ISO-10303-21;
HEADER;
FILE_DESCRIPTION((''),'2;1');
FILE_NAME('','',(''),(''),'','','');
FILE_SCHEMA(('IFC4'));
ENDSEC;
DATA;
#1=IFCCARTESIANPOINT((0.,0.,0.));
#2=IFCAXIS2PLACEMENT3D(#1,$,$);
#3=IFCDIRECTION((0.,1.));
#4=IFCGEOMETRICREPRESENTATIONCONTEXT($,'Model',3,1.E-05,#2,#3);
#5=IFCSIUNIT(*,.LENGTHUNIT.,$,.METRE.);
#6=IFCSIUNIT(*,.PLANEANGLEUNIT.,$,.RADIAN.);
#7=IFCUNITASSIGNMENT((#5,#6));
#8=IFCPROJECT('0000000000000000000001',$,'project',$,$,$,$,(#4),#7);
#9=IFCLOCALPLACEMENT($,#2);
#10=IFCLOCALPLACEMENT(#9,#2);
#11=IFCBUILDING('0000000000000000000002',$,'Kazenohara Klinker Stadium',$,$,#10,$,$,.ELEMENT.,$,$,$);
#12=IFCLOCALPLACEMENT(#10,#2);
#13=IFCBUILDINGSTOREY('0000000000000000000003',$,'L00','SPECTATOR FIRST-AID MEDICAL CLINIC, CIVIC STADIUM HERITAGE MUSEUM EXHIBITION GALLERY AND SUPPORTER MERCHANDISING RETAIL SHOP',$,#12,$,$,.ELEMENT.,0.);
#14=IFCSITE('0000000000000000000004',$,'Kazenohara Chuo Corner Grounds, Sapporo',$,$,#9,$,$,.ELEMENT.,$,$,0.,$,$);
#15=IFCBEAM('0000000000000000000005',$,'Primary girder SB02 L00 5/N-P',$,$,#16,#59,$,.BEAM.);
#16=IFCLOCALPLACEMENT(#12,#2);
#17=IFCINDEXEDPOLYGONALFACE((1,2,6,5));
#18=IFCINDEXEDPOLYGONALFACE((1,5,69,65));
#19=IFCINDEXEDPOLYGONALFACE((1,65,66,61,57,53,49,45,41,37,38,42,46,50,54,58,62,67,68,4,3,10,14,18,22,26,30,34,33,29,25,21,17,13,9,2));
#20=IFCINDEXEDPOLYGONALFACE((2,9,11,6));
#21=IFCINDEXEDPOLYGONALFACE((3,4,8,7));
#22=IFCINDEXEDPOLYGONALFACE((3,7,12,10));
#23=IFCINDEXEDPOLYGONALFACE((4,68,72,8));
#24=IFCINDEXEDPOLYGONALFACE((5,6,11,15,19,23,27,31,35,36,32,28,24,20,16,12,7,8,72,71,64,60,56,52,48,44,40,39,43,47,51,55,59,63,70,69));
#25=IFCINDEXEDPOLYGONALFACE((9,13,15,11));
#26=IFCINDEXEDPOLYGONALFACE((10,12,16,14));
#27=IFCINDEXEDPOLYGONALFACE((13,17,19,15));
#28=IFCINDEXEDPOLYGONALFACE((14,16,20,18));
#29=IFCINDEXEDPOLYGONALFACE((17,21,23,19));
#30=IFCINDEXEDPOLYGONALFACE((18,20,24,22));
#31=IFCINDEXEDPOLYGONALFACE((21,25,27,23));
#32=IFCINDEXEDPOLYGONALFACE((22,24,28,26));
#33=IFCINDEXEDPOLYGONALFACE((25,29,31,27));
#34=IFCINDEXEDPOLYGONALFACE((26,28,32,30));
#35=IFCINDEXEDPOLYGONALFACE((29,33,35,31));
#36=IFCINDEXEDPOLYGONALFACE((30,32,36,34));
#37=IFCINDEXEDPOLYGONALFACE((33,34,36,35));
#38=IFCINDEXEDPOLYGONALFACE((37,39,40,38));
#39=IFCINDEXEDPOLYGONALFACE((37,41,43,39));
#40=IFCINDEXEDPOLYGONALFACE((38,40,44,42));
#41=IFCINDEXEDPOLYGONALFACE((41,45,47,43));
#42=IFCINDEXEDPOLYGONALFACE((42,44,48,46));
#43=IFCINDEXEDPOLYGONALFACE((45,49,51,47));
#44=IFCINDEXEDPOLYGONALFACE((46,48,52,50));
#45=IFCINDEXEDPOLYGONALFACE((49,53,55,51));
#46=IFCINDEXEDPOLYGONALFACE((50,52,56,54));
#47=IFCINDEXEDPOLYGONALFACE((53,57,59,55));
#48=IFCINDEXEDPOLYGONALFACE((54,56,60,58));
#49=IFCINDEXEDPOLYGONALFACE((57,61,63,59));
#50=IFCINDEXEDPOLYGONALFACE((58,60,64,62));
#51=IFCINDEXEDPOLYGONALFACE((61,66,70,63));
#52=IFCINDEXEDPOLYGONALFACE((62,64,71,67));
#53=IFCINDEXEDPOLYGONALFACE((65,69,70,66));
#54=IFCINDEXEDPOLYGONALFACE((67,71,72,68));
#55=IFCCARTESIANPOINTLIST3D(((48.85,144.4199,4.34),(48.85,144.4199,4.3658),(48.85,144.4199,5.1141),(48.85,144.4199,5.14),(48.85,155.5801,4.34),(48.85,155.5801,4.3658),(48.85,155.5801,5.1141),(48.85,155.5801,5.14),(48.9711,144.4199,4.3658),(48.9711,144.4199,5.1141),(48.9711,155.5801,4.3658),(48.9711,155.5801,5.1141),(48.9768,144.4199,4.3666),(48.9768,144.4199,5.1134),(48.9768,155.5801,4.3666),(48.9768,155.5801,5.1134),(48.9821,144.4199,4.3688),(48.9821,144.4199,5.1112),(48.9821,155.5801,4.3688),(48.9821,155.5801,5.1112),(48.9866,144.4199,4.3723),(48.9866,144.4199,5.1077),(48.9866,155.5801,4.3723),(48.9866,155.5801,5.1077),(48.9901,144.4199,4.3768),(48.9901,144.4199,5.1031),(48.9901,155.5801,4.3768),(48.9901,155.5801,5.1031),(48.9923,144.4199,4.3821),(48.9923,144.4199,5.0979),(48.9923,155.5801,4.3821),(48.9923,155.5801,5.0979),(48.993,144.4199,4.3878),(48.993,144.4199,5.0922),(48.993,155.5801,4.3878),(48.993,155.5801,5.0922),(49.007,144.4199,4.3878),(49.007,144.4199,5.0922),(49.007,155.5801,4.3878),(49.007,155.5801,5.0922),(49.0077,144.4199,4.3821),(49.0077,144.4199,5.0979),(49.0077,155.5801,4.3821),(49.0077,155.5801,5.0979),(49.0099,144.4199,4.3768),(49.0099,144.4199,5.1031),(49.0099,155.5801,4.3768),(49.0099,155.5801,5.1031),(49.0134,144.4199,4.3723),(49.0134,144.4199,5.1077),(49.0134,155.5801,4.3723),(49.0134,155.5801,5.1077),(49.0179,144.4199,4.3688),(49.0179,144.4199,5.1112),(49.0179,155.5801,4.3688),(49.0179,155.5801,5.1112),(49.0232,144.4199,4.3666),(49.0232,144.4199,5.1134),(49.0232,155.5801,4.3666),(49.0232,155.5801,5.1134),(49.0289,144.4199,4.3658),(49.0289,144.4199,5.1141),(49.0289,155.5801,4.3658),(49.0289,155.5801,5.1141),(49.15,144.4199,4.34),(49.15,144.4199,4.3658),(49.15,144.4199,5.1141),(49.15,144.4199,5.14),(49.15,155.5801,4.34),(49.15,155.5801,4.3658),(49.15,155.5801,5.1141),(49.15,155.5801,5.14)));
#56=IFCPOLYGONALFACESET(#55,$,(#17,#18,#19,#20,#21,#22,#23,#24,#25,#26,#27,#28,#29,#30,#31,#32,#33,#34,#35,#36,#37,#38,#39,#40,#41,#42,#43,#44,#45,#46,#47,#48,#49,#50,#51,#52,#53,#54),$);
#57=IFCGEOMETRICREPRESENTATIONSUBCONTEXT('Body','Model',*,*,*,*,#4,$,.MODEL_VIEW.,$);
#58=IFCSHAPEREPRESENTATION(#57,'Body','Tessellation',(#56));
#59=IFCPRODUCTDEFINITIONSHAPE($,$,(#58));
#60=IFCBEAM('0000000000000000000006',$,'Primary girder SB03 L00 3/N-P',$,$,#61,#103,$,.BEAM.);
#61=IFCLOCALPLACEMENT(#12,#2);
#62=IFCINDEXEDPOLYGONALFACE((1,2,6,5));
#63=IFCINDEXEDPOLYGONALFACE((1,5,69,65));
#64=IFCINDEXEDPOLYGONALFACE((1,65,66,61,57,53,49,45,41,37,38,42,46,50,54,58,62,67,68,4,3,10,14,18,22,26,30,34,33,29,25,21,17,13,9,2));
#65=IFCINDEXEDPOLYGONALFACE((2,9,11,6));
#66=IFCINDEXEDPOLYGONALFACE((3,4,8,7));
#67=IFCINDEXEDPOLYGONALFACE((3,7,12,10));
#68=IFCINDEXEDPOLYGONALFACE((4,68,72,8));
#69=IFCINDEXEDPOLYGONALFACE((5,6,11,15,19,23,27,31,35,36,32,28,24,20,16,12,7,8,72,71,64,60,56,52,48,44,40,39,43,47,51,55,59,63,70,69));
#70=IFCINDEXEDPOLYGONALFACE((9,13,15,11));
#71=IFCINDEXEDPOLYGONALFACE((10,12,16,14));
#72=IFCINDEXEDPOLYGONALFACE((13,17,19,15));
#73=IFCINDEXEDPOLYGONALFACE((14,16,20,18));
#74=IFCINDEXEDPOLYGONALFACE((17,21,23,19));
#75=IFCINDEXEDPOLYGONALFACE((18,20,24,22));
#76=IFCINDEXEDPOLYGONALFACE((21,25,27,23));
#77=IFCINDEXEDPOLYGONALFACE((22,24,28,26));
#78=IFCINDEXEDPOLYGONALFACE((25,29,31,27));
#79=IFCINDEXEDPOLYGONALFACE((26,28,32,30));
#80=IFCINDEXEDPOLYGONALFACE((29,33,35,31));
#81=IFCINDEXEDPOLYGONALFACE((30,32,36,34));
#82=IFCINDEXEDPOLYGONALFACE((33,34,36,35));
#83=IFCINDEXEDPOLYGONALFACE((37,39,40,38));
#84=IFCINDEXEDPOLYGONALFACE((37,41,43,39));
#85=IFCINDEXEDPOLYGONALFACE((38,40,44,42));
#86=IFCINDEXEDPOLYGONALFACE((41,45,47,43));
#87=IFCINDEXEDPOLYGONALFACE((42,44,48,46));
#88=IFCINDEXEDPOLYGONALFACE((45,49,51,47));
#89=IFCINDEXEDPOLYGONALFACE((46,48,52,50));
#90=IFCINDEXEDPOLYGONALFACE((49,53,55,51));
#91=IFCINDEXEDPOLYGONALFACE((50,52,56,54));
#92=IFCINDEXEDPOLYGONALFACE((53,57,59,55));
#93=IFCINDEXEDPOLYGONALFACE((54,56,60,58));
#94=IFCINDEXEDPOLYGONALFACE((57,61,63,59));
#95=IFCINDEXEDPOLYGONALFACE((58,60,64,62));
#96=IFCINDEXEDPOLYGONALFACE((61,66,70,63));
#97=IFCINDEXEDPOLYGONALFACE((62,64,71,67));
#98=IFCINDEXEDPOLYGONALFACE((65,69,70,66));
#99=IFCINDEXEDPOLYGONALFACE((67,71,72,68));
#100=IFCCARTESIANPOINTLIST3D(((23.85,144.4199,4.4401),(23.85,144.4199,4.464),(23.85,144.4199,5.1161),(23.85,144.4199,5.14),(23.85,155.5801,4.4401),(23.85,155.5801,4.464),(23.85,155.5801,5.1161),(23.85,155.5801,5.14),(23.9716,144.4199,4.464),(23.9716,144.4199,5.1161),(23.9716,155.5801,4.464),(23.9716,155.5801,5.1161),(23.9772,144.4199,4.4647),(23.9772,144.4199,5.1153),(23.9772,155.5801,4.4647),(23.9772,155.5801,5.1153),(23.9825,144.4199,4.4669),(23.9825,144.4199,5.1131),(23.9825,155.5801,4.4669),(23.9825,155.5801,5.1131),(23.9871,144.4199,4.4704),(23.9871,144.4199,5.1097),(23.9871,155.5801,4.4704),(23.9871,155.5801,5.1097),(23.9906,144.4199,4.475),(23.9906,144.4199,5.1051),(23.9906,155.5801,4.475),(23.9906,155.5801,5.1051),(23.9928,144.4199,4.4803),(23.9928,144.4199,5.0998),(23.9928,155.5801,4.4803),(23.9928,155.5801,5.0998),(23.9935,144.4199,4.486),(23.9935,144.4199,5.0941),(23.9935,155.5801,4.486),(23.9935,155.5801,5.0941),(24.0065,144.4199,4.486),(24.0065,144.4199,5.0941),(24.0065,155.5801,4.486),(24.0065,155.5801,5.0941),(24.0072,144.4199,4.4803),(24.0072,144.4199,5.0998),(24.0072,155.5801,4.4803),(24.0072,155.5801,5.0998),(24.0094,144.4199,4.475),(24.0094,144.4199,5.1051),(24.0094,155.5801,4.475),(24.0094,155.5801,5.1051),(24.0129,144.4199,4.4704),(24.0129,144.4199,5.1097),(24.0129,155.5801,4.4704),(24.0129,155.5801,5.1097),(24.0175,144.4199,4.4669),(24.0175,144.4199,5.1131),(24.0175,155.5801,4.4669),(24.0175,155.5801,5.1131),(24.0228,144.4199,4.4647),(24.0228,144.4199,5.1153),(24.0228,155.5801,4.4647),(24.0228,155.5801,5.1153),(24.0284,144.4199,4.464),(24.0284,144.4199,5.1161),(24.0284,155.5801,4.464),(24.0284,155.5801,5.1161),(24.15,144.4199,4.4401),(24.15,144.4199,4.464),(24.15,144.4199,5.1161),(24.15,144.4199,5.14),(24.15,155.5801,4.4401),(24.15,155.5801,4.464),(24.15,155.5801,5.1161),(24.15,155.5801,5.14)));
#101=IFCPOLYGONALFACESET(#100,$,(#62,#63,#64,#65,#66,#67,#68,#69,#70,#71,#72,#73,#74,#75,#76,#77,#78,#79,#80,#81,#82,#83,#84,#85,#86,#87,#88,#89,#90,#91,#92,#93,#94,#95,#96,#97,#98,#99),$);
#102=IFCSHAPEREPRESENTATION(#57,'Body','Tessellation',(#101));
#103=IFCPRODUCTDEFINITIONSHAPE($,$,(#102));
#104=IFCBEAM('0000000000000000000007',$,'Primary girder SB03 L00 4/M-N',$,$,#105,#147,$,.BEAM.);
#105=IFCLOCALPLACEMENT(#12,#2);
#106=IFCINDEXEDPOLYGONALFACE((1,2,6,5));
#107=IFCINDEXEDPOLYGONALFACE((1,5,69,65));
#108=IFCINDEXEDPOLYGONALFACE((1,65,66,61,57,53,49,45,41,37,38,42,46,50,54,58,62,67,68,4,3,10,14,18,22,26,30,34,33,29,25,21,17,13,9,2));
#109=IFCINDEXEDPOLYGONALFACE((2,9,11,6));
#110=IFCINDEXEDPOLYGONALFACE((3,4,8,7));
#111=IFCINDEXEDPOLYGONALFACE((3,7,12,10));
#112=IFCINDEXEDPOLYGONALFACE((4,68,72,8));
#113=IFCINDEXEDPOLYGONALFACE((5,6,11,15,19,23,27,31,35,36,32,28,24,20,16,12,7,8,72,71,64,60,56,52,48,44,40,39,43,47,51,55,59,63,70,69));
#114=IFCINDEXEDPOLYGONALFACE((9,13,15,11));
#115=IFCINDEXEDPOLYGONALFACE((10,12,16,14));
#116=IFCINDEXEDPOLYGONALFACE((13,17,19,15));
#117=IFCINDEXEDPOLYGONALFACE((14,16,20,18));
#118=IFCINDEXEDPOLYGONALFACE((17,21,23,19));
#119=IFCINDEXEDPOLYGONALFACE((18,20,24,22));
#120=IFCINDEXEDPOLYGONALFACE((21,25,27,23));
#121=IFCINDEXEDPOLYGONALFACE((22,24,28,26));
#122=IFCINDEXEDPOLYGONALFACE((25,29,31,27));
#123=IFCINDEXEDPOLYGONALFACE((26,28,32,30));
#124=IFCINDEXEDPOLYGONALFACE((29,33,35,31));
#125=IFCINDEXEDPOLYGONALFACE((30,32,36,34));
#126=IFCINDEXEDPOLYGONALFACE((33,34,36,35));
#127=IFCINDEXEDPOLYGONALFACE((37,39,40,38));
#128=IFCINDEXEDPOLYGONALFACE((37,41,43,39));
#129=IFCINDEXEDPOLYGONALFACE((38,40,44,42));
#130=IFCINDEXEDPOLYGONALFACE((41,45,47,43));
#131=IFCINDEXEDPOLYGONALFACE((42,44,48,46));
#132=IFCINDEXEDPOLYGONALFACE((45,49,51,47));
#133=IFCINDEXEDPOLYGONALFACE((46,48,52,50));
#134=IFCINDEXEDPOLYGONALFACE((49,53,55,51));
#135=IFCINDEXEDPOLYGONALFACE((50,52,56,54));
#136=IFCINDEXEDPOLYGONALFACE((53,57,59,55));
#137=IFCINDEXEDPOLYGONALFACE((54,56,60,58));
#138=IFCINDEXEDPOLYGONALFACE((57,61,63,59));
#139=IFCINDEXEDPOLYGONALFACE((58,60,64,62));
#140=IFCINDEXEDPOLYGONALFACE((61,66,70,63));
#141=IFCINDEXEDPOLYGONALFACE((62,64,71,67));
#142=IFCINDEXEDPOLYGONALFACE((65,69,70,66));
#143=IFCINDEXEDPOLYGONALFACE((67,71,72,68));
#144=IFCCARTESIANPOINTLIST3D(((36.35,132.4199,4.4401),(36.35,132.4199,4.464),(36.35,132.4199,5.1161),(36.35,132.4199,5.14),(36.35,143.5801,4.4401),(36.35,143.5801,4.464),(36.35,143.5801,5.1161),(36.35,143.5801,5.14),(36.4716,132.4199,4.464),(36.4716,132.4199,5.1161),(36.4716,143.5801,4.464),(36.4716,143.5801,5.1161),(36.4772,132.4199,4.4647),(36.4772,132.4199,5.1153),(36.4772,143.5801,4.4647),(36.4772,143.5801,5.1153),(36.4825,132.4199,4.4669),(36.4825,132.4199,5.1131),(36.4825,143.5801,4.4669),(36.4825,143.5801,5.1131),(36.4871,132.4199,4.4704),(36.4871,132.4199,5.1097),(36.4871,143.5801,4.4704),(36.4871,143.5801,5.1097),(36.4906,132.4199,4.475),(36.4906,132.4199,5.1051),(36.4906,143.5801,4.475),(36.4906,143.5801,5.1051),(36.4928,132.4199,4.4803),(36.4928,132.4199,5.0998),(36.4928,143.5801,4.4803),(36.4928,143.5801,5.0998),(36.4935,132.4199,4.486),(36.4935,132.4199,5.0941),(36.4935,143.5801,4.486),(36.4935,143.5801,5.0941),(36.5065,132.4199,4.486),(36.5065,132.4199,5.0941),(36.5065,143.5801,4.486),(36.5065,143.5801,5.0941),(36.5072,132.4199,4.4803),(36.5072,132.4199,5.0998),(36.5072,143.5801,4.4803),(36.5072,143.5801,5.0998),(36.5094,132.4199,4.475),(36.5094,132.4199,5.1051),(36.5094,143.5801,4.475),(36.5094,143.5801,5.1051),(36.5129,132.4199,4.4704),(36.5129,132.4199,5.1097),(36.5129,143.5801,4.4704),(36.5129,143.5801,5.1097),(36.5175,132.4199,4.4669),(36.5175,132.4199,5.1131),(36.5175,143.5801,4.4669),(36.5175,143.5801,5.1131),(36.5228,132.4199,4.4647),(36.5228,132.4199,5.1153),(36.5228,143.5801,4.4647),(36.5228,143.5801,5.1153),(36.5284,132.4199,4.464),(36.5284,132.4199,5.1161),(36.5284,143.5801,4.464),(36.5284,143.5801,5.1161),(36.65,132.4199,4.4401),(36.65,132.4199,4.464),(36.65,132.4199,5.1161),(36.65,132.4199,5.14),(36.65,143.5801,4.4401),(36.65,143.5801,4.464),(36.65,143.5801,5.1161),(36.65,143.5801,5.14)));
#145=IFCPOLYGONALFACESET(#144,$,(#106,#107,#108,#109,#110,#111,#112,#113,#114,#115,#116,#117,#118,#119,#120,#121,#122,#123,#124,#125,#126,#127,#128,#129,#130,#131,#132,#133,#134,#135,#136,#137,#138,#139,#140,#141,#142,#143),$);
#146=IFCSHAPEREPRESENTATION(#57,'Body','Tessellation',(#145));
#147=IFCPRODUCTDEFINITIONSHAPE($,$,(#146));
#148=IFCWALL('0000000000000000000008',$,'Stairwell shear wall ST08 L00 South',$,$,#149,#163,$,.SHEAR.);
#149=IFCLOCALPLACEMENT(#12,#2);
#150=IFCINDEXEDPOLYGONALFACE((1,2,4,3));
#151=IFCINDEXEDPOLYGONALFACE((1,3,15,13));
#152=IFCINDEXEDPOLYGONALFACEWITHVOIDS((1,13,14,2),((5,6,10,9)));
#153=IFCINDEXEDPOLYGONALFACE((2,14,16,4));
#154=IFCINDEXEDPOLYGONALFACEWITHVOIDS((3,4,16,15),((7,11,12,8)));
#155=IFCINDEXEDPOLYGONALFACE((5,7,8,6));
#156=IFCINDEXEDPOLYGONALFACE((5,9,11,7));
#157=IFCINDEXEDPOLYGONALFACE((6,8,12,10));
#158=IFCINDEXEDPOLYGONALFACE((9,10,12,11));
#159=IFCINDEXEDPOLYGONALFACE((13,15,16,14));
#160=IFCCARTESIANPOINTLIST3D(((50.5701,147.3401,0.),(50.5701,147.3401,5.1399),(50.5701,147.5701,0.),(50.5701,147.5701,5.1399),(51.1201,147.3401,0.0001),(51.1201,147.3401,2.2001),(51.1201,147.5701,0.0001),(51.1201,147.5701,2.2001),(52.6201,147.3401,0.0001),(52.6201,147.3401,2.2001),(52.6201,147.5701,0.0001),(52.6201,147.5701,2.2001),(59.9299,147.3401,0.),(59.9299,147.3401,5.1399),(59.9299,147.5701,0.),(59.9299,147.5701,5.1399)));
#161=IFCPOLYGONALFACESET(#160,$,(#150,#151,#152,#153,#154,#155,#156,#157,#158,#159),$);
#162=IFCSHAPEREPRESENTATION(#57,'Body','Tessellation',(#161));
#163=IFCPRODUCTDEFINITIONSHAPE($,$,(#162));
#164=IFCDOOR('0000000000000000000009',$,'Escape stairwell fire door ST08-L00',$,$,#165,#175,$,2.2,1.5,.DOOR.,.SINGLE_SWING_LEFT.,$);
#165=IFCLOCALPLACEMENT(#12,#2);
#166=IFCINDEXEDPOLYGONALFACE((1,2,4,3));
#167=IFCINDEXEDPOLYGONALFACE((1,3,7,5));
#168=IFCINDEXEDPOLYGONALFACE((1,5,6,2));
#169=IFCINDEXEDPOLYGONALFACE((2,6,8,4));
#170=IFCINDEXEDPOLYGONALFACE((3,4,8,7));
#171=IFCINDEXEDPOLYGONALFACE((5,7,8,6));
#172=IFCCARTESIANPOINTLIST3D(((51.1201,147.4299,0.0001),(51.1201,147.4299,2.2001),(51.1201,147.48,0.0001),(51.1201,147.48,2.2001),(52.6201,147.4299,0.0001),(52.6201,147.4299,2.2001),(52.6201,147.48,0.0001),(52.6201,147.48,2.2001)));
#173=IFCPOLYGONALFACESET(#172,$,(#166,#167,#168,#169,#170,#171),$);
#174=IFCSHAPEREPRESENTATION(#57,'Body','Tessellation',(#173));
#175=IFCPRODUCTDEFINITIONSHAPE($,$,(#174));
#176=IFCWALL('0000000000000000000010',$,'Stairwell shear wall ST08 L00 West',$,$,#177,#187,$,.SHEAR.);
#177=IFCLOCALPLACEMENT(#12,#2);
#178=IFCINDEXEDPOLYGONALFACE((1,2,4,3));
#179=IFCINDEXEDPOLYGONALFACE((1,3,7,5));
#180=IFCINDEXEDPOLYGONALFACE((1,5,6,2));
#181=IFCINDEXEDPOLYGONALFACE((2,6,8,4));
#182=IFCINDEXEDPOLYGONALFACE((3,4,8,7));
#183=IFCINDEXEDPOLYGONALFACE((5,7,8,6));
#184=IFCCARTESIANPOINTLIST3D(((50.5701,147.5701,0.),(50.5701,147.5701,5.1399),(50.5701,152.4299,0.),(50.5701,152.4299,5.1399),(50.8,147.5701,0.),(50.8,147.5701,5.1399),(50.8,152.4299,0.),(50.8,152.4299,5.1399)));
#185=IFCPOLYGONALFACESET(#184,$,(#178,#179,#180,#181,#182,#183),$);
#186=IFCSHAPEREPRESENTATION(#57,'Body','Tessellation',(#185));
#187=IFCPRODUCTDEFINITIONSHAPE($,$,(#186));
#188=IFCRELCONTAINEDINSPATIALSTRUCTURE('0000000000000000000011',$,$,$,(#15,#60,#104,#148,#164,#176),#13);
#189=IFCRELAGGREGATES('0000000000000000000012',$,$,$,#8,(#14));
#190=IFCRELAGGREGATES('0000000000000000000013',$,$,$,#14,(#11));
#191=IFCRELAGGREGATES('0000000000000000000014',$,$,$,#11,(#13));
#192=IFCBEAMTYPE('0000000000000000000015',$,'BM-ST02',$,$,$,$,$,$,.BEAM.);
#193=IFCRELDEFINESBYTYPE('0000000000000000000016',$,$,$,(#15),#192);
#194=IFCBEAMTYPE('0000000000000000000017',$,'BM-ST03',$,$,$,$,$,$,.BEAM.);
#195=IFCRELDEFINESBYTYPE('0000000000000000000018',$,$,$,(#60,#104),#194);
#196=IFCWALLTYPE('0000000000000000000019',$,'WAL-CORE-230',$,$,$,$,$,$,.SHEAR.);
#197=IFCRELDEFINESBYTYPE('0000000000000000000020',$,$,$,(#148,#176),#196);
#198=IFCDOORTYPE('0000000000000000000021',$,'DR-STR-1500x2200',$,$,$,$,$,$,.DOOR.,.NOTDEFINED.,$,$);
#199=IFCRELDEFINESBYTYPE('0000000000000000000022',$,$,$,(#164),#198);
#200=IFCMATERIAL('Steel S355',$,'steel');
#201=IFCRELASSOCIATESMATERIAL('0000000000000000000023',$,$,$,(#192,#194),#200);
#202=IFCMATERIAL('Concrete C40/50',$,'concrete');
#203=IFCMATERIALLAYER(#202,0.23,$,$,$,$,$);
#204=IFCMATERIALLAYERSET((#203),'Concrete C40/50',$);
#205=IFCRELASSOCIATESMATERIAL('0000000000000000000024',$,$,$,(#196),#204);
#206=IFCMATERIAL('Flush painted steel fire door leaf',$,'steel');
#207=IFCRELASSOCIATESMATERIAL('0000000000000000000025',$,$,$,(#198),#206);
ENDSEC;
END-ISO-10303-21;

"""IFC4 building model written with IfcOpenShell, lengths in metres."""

from ifc_helpers import new_model, si_unit, direction, frame, frame_2d, origin, origin_2d, place, context, subcontext, project, spatial, rectangle, i_section, extrude, material, layer, layer_set, material_profile, profile_set, type_object, element, fill, save


model = new_model("IFC4")

# Units and contexts
model_context = context("Model", 3, precision=1e-05, world=origin(), true_north=direction((0.0, 1.0)))
body_context = subcontext(model_context, "Body", "Model", "MODEL_VIEW")
ifc_project = project(units=[si_unit("LENGTHUNIT", "METRE"), si_unit("PLANEANGLEUNIT", "RADIAN")], contexts=[model_context])

# Site, building, storey
site_placement = place(None, origin())
site = spatial("IfcSite", under=ifc_project, at=site_placement, Name="Kazenohara Chuo Corner Grounds, Sapporo", CompositionType="ELEMENT", RefElevation=0.0)
building_placement = place(site_placement, origin())
building = spatial("IfcBuilding", under=site, at=building_placement, Name="Kazenohara Klinker Stadium", CompositionType="ELEMENT")
storey_placement = place(building_placement, origin())
storey = spatial("IfcBuildingStorey", under=building, at=storey_placement, Name="L00", Description="SPECTATOR FIRST-AID MEDICAL CLINIC, CIVIC STADIUM HERITAGE MUSEUM EXHIBITION GALLERY AND SUPPORTER MERCHANDISING RETAIL SHOP", CompositionType="ELEMENT", Elevation=0.0)

# Shared definitions
ifc_material_1 = material(Name="Concrete C40/50", Category="concrete")

# Beams
ifc_material_2 = material(Name="Steel S355", Category="steel")
ifc_material_profile_1 = material_profile(ifc_material_2, i_section(OverallWidth=0.3, OverallDepth=0.8, WebThickness=0.0139, FlangeThickness=0.0259, FilletRadius=0.022, at=origin_2d()), Name="H-800x300x14x26")
ifc_profile_set_1 = profile_set([ifc_material_profile_1], Name="Steel S355")
beam_type_1 = type_object("IfcBeamType", Name="BM-ST02", PredefinedType="BEAM", material=ifc_profile_set_1)
for number, where, z_axis, x_axis, name in (
    (1, (49.0, 144.4199, 4.74), (0.0, 1.0, 0.0), (-1.0, 0.0, 0.0), "Primary girder SB02 L00 5/N-P"),
):
    element("IfcBeam", number, at=place(storey_placement, frame(where, z_axis=z_axis, x_axis=x_axis)), inside=storey, type_object=beam_type_1, Name=name, PredefinedType="BEAM", context=body_context, shape_type="SweptSolid", body=[
        extrude(i_section(OverallWidth=0.3, OverallDepth=0.8, WebThickness=0.0139, FlangeThickness=0.0259, FilletRadius=0.022, at=origin_2d()), origin(), (0.0, 0.0, 1.0), 11.1602),
    ])
ifc_material_profile_2 = material_profile(ifc_material_2, i_section(OverallWidth=0.3, OverallDepth=0.7, WebThickness=0.0129, FlangeThickness=0.0239, FilletRadius=0.022, at=origin_2d()), Name="H-700x300x13x24")
ifc_profile_set_2 = profile_set([ifc_material_profile_2], Name="Steel S355")
beam_type_2 = type_object("IfcBeamType", Name="BM-ST03", PredefinedType="BEAM", material=ifc_profile_set_2)
for number, where, z_axis, x_axis, name in (
    (2, (24.0, 144.4199, 4.79), (0.0, 1.0, 0.0), (-1.0, 0.0, 0.0), "Primary girder SB03 L00 3/N-P"),
    (3, (36.5, 132.4199, 4.79), (0.0, 1.0, 0.0), (-1.0, 0.0, 0.0), "Primary girder SB03 L00 4/M-N"),
):
    element("IfcBeam", number, at=place(storey_placement, frame(where, z_axis=z_axis, x_axis=x_axis)), inside=storey, type_object=beam_type_2, Name=name, PredefinedType="BEAM", context=body_context, shape_type="SweptSolid", body=[
        extrude(i_section(OverallWidth=0.3, OverallDepth=0.7, WebThickness=0.0129, FlangeThickness=0.0239, FilletRadius=0.022, at=origin_2d()), origin(), (0.0, 0.0, 1.0), 11.1602),
    ])

# Wall, opening, door
ifc_layer_1 = layer(ifc_material_1, 0.23)
ifc_layer_set_1 = layer_set([ifc_layer_1], Name="Concrete C40/50")
wall_type_1 = type_object("IfcWallType", Name="WAL-CORE-230", PredefinedType="SHEAR", material=ifc_layer_set_1)
wall_1_placement = place(storey_placement, frame((50.5701, 147.4551, 0.0), z_axis=(0.0, 0.0, 1.0), x_axis=(1.0, 0.0, 0.0)))
wall_1 = element("IfcWall", 4, at=wall_1_placement, inside=storey, type_object=wall_type_1, Name="Stairwell shear wall ST08 L00 South", PredefinedType="SHEAR", context=body_context, shape_type="SweptSolid", body=[
    extrude(rectangle(XDim=9.3599, YDim=0.23, at=frame_2d((4.6799, 0.0))), origin(), (0.0, 0.0, 1.0), 5.1399),
])
opening_1_placement = place(wall_1_placement, frame((0.55, 0.0, 0.0)))
opening_1 = element("IfcOpeningElement", 5, at=opening_1_placement, cuts=wall_1, PredefinedType="OPENING", context=body_context, shape_type="SweptSolid", body=[
    extrude(rectangle(XDim=1.5, YDim=2.2, at=frame_2d((0.75, 1.1001))), frame((0.0, 0.125, 0.0), z_axis=(0.0, -1.0, 0.0), x_axis=(1.0, 0.0, 0.0)), (0.0, 0.0, 1.0), 0.25),
])
ifc_material_3 = material(Name="Flush painted steel fire door leaf", Category="steel")
door_type_1 = type_object("IfcDoorType", Name="DR-STR-1500x2200", OperationType="NOTDEFINED", PredefinedType="DOOR", material=ifc_material_3)
door_1_placement = place(opening_1_placement, origin())
door_1 = element("IfcDoor", 6, at=door_1_placement, inside=storey, type_object=door_type_1, Name="Escape stairwell fire door ST08-L00", OperationType="SINGLE_SWING_LEFT", OverallHeight=2.2, OverallWidth=1.5, PredefinedType="DOOR", context=body_context, shape_type="SweptSolid", body=[
    extrude(rectangle(XDim=1.5, YDim=2.2, at=frame_2d((0.75, 1.1001))), frame((0.0, 0.0249, 0.0), z_axis=(0.0, -1.0, 0.0), x_axis=(1.0, 0.0, 0.0)), (0.0, 0.0, 1.0), 0.05),
])
fill(opening_1, door_1)

# Wall
wall_2_placement = place(storey_placement, frame((50.6851, 147.5701, 0.0), z_axis=(0.0, 0.0, 1.0), x_axis=(0.0, 1.0, 0.0)))
element("IfcWall", 7, at=wall_2_placement, inside=storey, type_object=wall_type_1, Name="Stairwell shear wall ST08 L00 West", PredefinedType="SHEAR", context=body_context, shape_type="SweptSolid", body=[
    extrude(rectangle(XDim=4.8599, YDim=0.23, at=frame_2d((2.4299, 0.0))), origin(), (0.0, 0.0, 1.0), 5.1399),
])

save(model, "model.ifc")
